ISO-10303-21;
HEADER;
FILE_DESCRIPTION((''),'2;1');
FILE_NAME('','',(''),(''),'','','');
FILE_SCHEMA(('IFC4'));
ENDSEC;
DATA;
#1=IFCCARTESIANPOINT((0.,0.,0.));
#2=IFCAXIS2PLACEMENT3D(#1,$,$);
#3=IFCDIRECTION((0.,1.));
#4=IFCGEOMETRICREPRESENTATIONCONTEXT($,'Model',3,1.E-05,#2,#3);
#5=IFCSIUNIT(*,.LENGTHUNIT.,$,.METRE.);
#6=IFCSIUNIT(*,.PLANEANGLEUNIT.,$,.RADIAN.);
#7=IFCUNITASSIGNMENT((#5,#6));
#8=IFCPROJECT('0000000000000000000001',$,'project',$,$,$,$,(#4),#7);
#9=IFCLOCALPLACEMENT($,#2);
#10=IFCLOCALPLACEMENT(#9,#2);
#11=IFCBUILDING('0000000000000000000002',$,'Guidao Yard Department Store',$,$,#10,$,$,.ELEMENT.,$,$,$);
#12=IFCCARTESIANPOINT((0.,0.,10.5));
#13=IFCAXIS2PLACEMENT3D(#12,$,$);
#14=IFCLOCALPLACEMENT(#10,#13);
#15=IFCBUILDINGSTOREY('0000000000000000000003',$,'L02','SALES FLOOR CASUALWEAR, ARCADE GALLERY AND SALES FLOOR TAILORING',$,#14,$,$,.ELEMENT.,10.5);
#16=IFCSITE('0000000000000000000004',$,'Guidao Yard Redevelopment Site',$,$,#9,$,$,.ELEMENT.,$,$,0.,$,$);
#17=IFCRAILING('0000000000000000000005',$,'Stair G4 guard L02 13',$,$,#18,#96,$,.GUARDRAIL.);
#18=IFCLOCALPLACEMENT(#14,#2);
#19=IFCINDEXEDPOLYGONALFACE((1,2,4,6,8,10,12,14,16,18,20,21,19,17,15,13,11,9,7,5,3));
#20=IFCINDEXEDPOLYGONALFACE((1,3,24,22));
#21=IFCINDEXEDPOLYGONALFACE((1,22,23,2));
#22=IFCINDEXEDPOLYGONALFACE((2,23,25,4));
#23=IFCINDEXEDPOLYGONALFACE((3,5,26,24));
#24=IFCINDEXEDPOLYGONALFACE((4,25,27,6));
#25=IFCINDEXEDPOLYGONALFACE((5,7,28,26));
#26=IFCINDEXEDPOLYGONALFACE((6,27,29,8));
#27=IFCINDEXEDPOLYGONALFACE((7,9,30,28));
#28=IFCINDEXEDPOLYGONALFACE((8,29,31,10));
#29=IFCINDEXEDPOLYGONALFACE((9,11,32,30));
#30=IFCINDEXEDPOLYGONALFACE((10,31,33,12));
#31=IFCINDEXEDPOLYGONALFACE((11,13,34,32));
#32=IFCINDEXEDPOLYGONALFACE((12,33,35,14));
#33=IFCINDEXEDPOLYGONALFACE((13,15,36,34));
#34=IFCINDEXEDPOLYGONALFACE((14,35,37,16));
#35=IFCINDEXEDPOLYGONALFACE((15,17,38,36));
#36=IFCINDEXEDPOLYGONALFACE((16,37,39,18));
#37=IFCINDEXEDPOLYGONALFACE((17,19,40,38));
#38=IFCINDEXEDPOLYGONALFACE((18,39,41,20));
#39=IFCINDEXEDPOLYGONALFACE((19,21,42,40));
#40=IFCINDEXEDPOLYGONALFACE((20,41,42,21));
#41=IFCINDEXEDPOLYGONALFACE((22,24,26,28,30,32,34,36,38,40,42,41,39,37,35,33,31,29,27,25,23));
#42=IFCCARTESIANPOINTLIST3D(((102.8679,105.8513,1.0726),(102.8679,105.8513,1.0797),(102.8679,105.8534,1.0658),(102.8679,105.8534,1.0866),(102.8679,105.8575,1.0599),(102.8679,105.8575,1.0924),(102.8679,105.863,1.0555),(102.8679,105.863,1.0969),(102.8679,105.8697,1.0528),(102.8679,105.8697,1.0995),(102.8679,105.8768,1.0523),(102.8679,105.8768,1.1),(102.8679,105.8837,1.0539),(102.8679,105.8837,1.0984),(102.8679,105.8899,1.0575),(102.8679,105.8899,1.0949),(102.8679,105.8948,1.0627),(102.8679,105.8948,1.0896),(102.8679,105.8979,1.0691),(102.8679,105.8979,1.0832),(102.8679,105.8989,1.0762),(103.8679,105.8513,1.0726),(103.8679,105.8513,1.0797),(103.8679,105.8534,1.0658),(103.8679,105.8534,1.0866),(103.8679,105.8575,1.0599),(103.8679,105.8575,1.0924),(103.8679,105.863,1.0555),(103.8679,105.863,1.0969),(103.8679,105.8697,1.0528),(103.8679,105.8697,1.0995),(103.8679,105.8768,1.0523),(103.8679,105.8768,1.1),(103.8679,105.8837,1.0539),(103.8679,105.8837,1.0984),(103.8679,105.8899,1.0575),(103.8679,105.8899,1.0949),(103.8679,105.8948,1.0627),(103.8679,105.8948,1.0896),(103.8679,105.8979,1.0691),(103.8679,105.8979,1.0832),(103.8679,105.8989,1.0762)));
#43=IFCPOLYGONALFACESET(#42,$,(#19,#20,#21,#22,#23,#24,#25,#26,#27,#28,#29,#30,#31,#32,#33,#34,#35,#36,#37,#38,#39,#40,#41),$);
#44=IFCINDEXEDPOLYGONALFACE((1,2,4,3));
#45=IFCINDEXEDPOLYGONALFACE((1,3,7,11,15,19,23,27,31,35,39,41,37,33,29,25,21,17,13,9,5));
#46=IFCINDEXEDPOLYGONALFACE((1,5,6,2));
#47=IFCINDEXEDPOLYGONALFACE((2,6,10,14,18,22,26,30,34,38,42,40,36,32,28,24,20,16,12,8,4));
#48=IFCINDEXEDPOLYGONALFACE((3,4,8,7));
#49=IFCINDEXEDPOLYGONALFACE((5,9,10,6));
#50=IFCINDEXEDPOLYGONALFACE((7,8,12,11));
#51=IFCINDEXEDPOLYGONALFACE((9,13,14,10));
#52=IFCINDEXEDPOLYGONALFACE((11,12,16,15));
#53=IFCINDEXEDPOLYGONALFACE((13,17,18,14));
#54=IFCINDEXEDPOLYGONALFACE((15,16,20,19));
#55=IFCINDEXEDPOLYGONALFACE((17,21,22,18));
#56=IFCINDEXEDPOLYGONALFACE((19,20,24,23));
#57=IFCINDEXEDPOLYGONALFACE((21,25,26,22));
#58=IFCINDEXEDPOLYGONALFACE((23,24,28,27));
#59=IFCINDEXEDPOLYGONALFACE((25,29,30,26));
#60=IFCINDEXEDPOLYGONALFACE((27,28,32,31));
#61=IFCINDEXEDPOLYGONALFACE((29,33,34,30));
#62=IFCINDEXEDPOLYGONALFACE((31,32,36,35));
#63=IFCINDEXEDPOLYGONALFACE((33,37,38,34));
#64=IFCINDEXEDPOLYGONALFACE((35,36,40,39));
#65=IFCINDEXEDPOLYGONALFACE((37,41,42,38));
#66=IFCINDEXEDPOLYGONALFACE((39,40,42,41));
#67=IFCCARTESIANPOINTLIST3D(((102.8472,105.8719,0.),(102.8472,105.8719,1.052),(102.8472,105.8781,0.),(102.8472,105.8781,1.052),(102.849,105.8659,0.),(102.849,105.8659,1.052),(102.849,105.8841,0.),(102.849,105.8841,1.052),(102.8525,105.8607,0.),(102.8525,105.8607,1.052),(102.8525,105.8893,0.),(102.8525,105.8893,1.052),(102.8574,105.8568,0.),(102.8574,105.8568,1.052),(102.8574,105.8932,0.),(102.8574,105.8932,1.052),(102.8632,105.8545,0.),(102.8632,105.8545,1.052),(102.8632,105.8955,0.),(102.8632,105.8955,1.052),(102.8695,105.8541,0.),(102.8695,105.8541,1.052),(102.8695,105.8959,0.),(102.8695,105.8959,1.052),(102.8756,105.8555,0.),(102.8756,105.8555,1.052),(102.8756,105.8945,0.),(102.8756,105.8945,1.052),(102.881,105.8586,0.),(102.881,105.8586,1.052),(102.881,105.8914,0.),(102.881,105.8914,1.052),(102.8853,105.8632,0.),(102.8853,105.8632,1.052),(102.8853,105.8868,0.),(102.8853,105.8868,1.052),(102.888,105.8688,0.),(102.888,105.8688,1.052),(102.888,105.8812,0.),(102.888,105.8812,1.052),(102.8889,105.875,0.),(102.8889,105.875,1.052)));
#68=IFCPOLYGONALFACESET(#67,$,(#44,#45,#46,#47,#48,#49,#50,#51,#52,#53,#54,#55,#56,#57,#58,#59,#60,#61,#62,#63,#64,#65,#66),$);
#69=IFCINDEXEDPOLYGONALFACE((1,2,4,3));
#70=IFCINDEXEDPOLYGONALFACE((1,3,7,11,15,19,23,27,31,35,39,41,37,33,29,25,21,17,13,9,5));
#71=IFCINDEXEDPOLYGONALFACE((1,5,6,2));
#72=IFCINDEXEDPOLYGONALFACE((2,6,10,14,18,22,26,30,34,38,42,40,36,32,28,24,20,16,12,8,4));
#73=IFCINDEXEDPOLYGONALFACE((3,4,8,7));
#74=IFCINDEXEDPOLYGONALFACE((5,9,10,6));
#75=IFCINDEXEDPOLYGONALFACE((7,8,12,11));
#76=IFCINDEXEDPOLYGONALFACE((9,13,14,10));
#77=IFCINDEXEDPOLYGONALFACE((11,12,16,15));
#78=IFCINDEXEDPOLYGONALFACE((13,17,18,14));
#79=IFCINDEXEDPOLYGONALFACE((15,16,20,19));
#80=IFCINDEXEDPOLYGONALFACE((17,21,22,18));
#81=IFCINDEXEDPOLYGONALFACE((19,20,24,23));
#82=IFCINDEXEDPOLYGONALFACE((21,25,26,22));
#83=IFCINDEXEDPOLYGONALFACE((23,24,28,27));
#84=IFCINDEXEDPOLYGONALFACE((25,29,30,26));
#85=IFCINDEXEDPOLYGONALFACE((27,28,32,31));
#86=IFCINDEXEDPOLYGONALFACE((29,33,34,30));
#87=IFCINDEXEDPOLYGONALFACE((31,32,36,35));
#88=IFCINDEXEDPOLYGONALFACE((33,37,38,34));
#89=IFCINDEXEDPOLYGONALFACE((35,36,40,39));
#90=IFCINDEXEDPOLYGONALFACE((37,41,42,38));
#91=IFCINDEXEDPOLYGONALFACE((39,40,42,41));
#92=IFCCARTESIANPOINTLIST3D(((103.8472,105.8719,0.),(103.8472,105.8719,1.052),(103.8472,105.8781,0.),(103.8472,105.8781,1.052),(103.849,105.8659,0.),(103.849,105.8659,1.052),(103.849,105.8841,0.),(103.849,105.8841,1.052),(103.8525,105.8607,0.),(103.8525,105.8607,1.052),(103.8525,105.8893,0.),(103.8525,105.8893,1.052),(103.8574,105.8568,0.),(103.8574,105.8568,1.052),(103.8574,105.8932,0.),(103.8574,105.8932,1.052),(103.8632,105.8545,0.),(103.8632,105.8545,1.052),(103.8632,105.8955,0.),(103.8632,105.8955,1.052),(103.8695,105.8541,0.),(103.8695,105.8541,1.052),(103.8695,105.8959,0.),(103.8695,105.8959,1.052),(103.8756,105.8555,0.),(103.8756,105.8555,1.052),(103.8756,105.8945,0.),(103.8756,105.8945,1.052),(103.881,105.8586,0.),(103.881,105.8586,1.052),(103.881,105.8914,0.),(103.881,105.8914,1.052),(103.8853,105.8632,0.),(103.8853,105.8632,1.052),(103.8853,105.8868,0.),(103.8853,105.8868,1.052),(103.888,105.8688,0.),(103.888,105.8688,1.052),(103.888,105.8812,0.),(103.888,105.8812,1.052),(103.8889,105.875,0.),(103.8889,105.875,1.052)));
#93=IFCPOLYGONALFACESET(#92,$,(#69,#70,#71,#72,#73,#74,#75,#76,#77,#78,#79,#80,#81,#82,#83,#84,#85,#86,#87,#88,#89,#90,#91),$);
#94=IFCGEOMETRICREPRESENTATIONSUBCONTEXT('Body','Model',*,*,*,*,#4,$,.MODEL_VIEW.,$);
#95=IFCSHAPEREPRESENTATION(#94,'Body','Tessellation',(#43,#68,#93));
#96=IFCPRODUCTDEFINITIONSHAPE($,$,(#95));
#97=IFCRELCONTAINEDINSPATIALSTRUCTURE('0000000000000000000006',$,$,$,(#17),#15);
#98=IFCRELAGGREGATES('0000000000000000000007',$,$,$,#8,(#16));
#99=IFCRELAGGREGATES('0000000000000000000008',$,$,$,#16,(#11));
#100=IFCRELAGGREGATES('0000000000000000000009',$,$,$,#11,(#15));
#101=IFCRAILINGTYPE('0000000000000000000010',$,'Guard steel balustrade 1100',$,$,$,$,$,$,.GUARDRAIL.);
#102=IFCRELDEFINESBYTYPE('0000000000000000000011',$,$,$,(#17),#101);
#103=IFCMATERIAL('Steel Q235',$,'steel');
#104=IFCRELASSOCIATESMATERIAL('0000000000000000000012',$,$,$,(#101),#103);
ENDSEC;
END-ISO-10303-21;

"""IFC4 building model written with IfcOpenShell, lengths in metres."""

from ifc_helpers import new_model, si_unit, direction, frame, origin, origin_2d, place, context, subcontext, project, spatial, circle, extrude, material, type_object, element, save


model = new_model("IFC4")

# Units and contexts
model_context = context("Model", 3, precision=1e-05, world=origin(), true_north=direction((0.0, 1.0)))
body_context = subcontext(model_context, "Body", "Model", "MODEL_VIEW")
ifc_project = project(units=[si_unit("LENGTHUNIT", "METRE"), si_unit("PLANEANGLEUNIT", "RADIAN")], contexts=[model_context])

# Site, building, storey
site_placement = place(None, origin())
site = spatial("IfcSite", under=ifc_project, at=site_placement, Name="Guidao Yard Redevelopment Site", CompositionType="ELEMENT", RefElevation=0.0)
building_placement = place(site_placement, origin())
building = spatial("IfcBuilding", under=site, at=building_placement, Name="Guidao Yard Department Store", CompositionType="ELEMENT")
storey_placement = place(building_placement, frame((0.0, 0.0, 10.5)))
storey = spatial("IfcBuildingStorey", under=building, at=storey_placement, Name="L02", Description="SALES FLOOR CASUALWEAR, ARCADE GALLERY AND SALES FLOOR TAILORING", CompositionType="ELEMENT", Elevation=10.5)

# Railing
ifc_material_1 = material(Name="Steel Q235", Category="steel")
railing_type_1 = type_object("IfcRailingType", Name="Guard steel balustrade 1100", PredefinedType="GUARDRAIL", material=ifc_material_1)
railing_placement = place(storey_placement, frame((102.8679, 105.875, 0.0)))
element("IfcRailing", 1, at=railing_placement, inside=storey, type_object=railing_type_1, Name="Stair G4 guard L02 13", PredefinedType="GUARDRAIL", context=body_context, shape_type="SweptSolid", body=[
    extrude(circle(Radius=0.0239, at=origin_2d()), frame((0.0, 0.0, 1.0762), z_axis=(1.0, 0.0, 0.0), x_axis=(0.0, 1.0, 0.0)), (0.0, 0.0, 1.0), 1.0),
    extrude(circle(Radius=0.021, at=origin_2d()), origin(), (0.0, 0.0, 1.0), 1.052),
    extrude(circle(Radius=0.021, at=origin_2d()), frame((1.0, 0.0, 0.0)), (0.0, 0.0, 1.0), 1.052),
])

save(model, "model.ifc")
